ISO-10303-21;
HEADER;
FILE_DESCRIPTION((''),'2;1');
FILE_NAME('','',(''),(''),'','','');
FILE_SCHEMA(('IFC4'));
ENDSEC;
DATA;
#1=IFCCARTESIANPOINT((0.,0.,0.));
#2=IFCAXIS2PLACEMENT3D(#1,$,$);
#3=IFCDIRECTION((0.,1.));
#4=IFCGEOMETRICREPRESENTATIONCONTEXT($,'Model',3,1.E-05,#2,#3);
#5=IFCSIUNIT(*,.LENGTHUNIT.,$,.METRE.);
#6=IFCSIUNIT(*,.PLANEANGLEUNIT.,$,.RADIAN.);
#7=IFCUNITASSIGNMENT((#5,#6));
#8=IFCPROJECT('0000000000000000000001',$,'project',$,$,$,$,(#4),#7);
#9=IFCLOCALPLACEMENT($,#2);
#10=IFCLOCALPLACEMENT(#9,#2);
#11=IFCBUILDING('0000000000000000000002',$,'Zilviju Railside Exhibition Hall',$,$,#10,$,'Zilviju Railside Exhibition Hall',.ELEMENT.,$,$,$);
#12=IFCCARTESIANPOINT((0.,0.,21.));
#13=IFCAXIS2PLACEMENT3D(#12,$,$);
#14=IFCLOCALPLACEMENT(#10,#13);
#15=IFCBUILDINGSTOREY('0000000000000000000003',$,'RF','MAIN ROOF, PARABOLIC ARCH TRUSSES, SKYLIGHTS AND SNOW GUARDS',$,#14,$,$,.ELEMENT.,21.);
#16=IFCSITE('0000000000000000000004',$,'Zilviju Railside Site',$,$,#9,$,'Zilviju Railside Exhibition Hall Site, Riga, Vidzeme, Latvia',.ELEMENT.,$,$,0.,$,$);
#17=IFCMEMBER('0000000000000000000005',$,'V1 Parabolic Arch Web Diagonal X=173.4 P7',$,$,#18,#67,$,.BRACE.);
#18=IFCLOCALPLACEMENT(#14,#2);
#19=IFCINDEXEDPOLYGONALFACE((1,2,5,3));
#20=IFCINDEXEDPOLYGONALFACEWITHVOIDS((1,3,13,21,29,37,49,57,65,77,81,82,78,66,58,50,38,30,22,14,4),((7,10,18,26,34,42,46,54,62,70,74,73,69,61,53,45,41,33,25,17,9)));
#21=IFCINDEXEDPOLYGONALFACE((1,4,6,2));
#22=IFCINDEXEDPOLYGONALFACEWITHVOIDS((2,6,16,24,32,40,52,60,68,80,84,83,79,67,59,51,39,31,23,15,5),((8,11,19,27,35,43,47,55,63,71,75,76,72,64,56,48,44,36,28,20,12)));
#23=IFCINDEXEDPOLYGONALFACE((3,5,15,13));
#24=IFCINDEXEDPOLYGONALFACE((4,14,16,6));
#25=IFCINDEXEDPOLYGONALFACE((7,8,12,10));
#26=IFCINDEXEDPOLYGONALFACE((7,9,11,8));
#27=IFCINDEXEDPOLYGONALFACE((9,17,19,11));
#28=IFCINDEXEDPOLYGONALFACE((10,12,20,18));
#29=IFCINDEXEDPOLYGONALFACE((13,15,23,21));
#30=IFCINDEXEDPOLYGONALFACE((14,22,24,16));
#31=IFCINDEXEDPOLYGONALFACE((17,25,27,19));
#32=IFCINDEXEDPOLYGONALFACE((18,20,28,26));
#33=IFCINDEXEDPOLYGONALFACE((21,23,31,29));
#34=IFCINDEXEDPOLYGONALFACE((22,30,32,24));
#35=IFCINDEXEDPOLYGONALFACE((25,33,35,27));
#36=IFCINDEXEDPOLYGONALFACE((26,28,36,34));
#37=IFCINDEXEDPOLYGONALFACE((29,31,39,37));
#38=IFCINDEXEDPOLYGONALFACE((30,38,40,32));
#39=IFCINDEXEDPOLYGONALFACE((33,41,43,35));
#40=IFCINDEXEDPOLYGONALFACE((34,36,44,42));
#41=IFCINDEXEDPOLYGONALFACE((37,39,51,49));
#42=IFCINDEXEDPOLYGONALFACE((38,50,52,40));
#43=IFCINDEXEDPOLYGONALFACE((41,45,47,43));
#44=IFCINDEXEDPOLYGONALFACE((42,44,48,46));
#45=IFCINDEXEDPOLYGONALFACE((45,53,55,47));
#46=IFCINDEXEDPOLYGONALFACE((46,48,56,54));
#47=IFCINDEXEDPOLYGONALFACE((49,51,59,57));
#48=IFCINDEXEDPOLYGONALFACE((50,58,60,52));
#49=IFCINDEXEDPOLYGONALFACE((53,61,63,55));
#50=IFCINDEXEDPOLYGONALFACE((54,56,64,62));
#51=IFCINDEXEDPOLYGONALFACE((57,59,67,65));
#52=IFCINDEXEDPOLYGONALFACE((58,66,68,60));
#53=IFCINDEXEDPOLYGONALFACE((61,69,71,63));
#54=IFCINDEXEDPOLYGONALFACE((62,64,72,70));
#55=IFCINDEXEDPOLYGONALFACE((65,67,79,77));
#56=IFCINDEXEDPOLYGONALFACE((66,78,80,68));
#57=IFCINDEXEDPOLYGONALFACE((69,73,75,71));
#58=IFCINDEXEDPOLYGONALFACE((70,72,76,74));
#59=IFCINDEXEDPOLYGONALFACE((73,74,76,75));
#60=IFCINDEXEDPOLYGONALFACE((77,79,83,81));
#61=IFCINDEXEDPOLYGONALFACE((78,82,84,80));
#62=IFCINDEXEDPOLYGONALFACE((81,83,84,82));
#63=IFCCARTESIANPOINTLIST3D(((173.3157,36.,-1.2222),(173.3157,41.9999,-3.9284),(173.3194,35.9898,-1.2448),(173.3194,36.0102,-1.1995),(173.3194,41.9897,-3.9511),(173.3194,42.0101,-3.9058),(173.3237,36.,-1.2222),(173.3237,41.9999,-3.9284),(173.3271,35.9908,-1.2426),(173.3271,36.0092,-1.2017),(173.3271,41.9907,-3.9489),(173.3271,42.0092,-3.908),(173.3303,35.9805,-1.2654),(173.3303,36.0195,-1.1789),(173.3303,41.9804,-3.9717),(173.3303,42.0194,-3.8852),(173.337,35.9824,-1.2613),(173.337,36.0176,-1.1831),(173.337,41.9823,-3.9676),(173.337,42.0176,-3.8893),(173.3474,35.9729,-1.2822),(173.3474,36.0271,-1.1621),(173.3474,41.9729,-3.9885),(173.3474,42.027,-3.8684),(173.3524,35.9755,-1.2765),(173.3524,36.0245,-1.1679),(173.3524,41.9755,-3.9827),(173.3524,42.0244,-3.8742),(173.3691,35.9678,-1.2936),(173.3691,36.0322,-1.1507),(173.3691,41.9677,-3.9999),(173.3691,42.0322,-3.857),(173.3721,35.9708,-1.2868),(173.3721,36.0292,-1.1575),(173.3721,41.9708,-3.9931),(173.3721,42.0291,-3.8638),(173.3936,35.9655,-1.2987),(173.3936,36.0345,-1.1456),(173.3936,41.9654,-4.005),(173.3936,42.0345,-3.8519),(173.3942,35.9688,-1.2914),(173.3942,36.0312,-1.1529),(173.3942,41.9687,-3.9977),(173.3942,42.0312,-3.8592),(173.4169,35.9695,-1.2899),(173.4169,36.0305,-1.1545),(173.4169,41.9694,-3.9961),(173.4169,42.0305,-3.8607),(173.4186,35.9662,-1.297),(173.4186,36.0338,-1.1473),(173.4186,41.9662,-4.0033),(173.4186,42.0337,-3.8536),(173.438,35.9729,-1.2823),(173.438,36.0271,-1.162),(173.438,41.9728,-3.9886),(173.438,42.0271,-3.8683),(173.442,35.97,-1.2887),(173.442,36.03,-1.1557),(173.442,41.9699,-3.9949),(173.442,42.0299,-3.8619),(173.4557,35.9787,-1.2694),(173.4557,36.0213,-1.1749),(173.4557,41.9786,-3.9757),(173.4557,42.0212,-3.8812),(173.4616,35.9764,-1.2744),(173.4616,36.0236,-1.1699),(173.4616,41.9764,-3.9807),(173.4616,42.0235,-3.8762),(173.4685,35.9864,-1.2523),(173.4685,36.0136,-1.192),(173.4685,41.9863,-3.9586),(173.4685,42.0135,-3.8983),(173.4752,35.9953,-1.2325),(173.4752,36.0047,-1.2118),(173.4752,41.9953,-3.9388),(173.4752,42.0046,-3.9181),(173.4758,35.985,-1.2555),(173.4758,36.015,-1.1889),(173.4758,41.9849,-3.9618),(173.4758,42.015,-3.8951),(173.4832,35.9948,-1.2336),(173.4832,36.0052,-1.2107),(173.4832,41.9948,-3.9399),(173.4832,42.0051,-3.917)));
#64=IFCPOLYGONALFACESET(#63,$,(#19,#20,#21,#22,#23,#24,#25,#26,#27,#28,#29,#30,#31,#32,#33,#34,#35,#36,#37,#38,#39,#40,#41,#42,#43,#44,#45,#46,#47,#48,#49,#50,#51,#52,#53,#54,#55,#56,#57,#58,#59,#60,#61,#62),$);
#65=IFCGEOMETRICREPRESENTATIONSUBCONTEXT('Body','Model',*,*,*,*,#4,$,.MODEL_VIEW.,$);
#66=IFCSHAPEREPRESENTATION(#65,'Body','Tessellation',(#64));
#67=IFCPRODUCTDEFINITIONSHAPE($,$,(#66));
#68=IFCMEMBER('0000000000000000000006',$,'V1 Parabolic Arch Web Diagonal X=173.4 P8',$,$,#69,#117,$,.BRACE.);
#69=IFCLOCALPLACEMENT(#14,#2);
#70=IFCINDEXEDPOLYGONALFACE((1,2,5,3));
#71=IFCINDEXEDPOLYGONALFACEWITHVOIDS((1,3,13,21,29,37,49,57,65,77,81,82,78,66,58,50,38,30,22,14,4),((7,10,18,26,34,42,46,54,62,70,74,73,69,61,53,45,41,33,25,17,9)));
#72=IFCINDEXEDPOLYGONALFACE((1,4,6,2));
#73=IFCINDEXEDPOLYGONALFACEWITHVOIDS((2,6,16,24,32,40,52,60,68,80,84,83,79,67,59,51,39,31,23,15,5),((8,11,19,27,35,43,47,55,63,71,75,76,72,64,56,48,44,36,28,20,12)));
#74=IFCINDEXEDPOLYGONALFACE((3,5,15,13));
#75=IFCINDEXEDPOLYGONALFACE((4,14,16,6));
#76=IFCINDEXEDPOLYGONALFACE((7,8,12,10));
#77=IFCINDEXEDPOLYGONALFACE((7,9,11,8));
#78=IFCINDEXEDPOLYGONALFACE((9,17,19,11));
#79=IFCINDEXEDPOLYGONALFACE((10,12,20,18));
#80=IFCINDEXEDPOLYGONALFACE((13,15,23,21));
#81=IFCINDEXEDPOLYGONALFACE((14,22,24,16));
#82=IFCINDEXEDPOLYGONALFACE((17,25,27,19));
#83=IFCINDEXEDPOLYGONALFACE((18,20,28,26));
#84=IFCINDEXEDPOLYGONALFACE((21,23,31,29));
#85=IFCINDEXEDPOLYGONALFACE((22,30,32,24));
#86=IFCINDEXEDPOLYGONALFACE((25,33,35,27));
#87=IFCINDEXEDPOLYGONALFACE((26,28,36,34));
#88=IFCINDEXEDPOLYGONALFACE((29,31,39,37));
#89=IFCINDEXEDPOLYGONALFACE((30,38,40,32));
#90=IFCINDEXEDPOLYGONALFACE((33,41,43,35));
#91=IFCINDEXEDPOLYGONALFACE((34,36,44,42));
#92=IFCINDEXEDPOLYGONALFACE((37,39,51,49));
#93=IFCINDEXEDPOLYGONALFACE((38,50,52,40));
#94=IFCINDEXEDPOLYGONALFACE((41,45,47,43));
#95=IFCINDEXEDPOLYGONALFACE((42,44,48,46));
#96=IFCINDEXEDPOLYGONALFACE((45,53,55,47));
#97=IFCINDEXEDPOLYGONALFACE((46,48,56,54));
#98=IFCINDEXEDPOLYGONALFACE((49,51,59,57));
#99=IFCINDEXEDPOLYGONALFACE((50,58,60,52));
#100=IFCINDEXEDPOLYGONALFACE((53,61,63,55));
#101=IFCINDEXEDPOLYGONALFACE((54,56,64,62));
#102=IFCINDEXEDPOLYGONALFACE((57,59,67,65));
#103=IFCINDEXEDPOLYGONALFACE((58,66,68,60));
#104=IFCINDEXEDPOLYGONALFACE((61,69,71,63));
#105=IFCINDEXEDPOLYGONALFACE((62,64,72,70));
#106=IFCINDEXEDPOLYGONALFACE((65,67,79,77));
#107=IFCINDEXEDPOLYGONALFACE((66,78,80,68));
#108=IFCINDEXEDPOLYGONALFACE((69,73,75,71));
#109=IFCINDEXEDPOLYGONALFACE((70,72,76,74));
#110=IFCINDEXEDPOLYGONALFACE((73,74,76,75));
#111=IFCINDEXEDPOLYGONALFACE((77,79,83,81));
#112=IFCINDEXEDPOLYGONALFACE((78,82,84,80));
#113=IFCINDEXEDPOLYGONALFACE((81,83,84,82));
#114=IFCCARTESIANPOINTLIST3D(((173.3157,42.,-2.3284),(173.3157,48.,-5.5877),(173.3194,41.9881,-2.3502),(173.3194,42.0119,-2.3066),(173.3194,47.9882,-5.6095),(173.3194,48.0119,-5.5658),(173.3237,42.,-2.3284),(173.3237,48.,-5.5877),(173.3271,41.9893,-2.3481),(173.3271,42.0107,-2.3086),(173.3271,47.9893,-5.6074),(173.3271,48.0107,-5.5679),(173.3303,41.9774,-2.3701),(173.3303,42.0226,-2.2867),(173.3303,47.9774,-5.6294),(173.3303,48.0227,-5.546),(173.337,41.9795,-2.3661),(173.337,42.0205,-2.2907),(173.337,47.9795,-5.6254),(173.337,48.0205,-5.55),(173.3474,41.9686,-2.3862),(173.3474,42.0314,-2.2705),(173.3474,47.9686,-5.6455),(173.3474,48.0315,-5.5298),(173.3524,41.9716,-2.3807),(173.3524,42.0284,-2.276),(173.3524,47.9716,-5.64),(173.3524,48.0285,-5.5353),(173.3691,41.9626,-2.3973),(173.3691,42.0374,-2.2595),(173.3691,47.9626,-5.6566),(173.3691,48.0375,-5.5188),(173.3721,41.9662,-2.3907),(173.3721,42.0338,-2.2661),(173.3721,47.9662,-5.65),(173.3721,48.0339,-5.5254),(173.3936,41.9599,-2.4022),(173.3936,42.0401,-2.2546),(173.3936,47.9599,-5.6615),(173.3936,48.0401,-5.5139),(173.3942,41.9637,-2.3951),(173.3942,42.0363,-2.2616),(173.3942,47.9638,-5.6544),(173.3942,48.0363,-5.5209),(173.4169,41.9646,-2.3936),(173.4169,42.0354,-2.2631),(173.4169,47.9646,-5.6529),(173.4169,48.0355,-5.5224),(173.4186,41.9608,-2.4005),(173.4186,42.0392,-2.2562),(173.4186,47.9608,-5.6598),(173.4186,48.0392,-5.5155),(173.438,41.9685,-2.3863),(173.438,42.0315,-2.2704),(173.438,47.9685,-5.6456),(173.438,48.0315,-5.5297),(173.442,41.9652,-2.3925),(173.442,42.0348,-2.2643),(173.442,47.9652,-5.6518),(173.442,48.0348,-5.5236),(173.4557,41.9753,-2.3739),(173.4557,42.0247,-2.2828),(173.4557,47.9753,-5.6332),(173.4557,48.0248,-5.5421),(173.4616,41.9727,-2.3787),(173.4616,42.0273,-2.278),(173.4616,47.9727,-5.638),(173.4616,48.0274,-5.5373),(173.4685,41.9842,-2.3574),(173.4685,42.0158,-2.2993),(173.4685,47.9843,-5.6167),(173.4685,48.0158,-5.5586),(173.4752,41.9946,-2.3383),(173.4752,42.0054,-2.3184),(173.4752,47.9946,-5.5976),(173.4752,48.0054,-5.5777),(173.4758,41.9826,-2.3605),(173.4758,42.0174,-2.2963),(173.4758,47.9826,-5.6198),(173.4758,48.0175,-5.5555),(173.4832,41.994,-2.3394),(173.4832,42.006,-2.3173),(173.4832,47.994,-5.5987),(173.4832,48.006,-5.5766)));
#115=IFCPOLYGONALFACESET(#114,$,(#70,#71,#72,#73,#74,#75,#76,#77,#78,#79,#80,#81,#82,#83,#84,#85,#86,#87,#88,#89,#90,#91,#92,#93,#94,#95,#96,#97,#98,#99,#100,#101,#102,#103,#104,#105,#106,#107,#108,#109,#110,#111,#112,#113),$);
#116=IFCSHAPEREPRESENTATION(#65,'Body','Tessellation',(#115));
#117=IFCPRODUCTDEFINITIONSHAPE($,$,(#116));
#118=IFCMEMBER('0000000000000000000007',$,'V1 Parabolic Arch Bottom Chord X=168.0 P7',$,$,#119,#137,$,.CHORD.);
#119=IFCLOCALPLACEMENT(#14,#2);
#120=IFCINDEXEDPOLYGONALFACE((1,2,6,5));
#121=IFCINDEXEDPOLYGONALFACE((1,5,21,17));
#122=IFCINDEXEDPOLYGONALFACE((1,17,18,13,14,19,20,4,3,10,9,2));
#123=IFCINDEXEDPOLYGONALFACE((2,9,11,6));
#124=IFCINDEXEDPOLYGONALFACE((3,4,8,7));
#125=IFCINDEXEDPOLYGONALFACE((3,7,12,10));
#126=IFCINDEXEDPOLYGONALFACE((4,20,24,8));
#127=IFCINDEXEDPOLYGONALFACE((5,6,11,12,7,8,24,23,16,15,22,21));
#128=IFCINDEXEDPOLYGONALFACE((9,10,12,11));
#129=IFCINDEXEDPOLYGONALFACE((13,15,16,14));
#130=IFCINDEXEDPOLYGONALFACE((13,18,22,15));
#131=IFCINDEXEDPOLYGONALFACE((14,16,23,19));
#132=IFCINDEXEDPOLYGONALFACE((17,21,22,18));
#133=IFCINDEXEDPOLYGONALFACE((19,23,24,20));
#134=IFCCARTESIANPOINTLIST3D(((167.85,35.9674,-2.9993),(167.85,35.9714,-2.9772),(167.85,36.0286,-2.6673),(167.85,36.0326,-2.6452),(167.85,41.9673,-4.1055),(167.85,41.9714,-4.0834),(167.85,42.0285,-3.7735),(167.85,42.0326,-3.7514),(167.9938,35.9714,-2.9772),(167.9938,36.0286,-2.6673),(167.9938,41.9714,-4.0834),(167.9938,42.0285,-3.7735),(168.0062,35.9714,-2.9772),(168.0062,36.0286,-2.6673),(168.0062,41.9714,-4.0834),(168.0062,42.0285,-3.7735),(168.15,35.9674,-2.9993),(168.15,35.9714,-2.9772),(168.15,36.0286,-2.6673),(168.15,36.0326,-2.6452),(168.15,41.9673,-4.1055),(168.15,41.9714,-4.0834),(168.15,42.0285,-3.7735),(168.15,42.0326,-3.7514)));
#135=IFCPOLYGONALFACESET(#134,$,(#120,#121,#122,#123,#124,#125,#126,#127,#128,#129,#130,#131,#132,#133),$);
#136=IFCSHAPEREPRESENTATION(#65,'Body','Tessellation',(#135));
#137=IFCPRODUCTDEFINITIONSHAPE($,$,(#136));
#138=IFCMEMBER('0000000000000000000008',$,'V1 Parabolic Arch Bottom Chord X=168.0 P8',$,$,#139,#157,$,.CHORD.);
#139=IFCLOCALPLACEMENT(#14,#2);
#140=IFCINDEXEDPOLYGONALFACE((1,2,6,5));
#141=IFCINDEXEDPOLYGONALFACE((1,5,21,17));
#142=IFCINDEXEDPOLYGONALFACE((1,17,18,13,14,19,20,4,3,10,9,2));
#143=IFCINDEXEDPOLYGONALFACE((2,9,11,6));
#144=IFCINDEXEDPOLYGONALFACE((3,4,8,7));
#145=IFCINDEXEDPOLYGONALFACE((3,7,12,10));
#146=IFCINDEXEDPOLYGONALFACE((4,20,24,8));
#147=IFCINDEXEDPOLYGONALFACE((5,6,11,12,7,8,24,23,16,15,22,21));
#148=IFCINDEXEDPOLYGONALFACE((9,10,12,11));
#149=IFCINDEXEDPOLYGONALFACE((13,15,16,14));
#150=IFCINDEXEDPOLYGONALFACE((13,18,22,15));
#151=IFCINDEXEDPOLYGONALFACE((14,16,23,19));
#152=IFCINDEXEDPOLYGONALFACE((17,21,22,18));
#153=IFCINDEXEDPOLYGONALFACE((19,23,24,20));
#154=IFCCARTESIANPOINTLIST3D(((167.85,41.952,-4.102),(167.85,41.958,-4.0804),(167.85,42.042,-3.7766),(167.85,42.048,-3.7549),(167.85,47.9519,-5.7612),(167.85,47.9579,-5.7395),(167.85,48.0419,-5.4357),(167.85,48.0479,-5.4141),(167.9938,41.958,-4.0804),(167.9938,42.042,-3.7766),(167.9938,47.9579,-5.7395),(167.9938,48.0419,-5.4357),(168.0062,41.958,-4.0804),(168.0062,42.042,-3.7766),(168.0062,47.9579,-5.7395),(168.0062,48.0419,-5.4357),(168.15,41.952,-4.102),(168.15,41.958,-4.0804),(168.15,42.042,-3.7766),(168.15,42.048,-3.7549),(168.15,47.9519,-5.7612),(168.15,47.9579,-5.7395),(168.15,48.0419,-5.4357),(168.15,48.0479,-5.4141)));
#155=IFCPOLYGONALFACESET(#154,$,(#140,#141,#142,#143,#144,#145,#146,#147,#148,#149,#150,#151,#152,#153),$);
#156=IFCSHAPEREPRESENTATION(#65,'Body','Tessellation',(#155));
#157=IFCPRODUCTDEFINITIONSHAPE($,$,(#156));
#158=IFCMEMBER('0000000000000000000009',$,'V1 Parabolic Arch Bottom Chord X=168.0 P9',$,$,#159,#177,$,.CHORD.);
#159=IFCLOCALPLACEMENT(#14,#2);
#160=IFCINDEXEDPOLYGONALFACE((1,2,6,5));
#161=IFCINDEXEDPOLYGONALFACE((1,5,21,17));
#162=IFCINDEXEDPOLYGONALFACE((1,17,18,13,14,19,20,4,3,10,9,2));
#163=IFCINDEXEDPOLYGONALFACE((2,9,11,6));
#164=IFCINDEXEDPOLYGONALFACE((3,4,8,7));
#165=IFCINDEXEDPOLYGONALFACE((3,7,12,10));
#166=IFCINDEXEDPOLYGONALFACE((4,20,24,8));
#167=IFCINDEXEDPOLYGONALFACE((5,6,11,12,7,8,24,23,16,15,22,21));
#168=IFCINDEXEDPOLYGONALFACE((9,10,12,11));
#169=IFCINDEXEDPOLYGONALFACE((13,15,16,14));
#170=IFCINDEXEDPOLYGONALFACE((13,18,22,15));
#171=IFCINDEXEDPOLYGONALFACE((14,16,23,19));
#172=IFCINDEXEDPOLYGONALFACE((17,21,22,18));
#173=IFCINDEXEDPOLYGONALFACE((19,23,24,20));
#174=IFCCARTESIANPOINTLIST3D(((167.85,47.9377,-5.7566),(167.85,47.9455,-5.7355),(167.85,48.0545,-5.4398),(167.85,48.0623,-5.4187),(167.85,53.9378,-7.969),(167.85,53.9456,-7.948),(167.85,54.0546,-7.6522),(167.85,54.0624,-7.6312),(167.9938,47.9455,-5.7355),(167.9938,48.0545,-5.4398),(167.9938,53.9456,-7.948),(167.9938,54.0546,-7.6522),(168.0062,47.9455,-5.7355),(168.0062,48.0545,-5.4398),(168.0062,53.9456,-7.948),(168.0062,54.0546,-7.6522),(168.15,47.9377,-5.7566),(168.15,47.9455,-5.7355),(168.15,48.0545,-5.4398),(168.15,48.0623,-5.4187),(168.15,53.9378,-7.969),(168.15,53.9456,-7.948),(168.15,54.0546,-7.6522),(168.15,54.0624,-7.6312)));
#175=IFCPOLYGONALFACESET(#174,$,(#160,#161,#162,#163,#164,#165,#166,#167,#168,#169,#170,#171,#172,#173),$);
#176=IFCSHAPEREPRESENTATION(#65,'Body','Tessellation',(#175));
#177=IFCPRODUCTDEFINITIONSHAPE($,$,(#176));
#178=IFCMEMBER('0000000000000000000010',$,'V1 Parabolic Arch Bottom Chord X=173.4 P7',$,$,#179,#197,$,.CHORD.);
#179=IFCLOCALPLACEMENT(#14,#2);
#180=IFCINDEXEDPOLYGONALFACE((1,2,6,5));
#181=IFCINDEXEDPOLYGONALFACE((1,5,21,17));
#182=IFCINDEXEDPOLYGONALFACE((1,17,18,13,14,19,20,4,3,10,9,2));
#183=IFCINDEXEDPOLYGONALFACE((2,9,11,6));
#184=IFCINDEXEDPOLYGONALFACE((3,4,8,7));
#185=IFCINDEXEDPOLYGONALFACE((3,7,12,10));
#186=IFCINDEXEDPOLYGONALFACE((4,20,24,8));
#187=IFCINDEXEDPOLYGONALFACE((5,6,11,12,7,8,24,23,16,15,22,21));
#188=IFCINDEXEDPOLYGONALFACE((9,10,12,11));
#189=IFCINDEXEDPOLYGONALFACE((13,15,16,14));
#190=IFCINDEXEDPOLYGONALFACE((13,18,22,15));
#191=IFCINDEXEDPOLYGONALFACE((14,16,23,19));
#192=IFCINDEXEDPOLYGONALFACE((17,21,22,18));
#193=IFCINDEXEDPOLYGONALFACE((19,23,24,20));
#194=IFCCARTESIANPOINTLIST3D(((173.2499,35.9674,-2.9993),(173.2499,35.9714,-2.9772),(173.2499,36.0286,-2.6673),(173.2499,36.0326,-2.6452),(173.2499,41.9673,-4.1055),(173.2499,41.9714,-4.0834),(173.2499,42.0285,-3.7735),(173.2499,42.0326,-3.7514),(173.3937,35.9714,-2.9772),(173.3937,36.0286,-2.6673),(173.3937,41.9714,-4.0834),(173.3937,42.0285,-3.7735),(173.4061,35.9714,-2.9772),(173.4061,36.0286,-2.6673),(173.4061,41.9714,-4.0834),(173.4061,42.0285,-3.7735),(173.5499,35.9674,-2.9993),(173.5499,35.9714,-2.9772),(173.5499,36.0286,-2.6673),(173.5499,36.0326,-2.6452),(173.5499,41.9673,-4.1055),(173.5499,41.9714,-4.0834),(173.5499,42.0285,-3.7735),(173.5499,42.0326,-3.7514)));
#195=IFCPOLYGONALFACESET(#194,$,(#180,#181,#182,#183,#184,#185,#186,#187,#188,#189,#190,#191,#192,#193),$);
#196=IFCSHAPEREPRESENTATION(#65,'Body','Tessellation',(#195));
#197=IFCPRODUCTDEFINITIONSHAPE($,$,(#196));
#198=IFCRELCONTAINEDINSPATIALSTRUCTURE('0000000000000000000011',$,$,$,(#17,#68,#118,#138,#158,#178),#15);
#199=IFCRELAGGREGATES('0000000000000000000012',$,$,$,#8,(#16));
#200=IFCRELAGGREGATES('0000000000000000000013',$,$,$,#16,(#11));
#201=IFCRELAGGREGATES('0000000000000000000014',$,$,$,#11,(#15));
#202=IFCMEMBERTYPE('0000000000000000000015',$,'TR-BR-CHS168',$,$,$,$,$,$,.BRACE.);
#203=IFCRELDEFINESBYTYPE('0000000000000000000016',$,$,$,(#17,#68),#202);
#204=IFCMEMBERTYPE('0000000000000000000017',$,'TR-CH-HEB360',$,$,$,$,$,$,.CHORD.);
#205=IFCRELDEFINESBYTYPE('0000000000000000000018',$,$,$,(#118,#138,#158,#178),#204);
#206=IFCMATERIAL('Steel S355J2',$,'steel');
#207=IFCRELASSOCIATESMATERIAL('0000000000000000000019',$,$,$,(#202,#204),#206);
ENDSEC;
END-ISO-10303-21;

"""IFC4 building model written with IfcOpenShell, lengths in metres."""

from ifc_helpers import new_model, si_unit, direction, frame, origin, origin_2d, place, context, subcontext, project, spatial, hollow_circle, i_section, extrude, material, material_profile, profile_set, type_object, element, save


model = new_model("IFC4")

# Units and contexts
model_context = context("Model", 3, precision=1e-05, world=origin(), true_north=direction((0.0, 1.0)))
body_context = subcontext(model_context, "Body", "Model", "MODEL_VIEW")
ifc_project = project(units=[si_unit("LENGTHUNIT", "METRE"), si_unit("PLANEANGLEUNIT", "RADIAN")], contexts=[model_context])

# Site, building, storey
site_placement = place(None, origin())
site = spatial("IfcSite", under=ifc_project, at=site_placement, Name="Zilviju Railside Site", LongName="Zilviju Railside Exhibition Hall Site, Riga, Vidzeme, Latvia", CompositionType="ELEMENT", RefElevation=0.0)
building_placement = place(site_placement, origin())
building = spatial("IfcBuilding", under=site, at=building_placement, Name="Zilviju Railside Exhibition Hall", LongName="Zilviju Railside Exhibition Hall", CompositionType="ELEMENT")
storey_placement = place(building_placement, frame((0.0, 0.0, 21.0)))
storey = spatial("IfcBuildingStorey", under=building, at=storey_placement, Name="RF", Description="MAIN ROOF, PARABOLIC ARCH TRUSSES, SKYLIGHTS AND SNOW GUARDS", CompositionType="ELEMENT", Elevation=21.0)

# Members
ifc_material_1 = material(Name="Steel S355J2", Category="steel")
ifc_material_profile_1 = material_profile(ifc_material_1, hollow_circle(Radius=0.0842, WallThickness=0.0081, at=origin_2d()), Name="CHS 168.3x8.0")
ifc_profile_set_1 = profile_set([ifc_material_profile_1], Name="Steel S355J2")
member_type_1 = type_object("IfcMemberType", Name="TR-BR-CHS168", PredefinedType="BRACE", material=ifc_profile_set_1)
member_1_placement = place(storey_placement, frame((173.3999, 36.0, -1.2222), z_axis=(0.0, 0.911563, -0.41116), x_axis=(-1.0, 0.0, 0.0)))
element("IfcMember", 1, at=member_1_placement, inside=storey, type_object=member_type_1, Name="V1 Parabolic Arch Web Diagonal X=173.4 P7", PredefinedType="BRACE", context=body_context, shape_type="SweptSolid", body=[
    extrude(hollow_circle(Radius=0.0842, WallThickness=0.0081, at=origin_2d()), origin(), (0.0, 0.0, 1.0), 6.582),
])
member_2_placement = place(storey_placement, frame((173.3999, 42.0, -2.3284), z_axis=(0.0, 0.878722, -0.477333), x_axis=(-1.0, 0.0, 0.0)))
element("IfcMember", 2, at=member_2_placement, inside=storey, type_object=member_type_1, Name="V1 Parabolic Arch Web Diagonal X=173.4 P8", PredefinedType="BRACE", context=body_context, shape_type="SweptSolid", body=[
    extrude(hollow_circle(Radius=0.0842, WallThickness=0.0081, at=origin_2d()), origin(), (0.0, 0.0, 1.0), 6.8281),
])
ifc_material_profile_2 = material_profile(ifc_material_1, i_section(OverallWidth=0.3, OverallDepth=0.3601, WebThickness=0.0125, FlangeThickness=0.0225, at=origin_2d()), Name="HEB 360")
ifc_profile_set_2 = profile_set([ifc_material_profile_2], Name="Steel S355J2")
member_type_2 = type_object("IfcMemberType", Name="TR-CH-HEB360", PredefinedType="CHORD", material=ifc_profile_set_2)
member_3_placement = place(storey_placement, frame((168.0, 36.0, -2.8223), z_axis=(0.0, 0.983426, -0.181311), x_axis=(-1.0, 0.0, 0.0)))
element("IfcMember", 3, at=member_3_placement, inside=storey, type_object=member_type_2, Name="V1 Parabolic Arch Bottom Chord X=168.0 P7", PredefinedType="CHORD", context=body_context, shape_type="SweptSolid", body=[
    extrude(i_section(OverallWidth=0.3, OverallDepth=0.3601, WebThickness=0.0125, FlangeThickness=0.0225, at=origin_2d()), origin(), (0.0, 0.0, 1.0), 6.1011),
])
member_4_placement = place(storey_placement, frame((168.0, 42.0, -3.9285), z_axis=(0.0, 0.963827, -0.266527), x_axis=(-1.0, 0.0, 0.0)))
element("IfcMember", 4, at=member_4_placement, inside=storey, type_object=member_type_2, Name="V1 Parabolic Arch Bottom Chord X=168.0 P8", PredefinedType="CHORD", context=body_context, shape_type="SweptSolid", body=[
    extrude(i_section(OverallWidth=0.3, OverallDepth=0.3601, WebThickness=0.0125, FlangeThickness=0.0225, at=origin_2d()), origin(), (0.0, 0.0, 1.0), 6.2251),
])
member_5_placement = place(storey_placement, frame((168.0, 48.0, -5.5876), z_axis=(0.0, 0.938248, -0.345964), x_axis=(-1.0, 0.0, 0.0)))
element("IfcMember", 5, at=member_5_placement, inside=storey, type_object=member_type_2, Name="V1 Parabolic Arch Bottom Chord X=168.0 P9", PredefinedType="CHORD", context=body_context, shape_type="SweptSolid", body=[
    extrude(i_section(OverallWidth=0.3, OverallDepth=0.3601, WebThickness=0.0125, FlangeThickness=0.0225, at=origin_2d()), origin(), (0.0, 0.0, 1.0), 6.395),
])
member_6_placement = place(storey_placement, frame((173.3999, 36.0, -2.8223), z_axis=(0.0, 0.983426, -0.181311), x_axis=(-1.0, 0.0, 0.0)))
element("IfcMember", 6, at=member_6_placement, inside=storey, type_object=member_type_2, Name="V1 Parabolic Arch Bottom Chord X=173.4 P7", PredefinedType="CHORD", context=body_context, shape_type="SweptSolid", body=[
    extrude(i_section(OverallWidth=0.3, OverallDepth=0.3601, WebThickness=0.0125, FlangeThickness=0.0225, at=origin_2d()), origin(), (0.0, 0.0, 1.0), 6.1011),
])

save(model, "model.ifc")
